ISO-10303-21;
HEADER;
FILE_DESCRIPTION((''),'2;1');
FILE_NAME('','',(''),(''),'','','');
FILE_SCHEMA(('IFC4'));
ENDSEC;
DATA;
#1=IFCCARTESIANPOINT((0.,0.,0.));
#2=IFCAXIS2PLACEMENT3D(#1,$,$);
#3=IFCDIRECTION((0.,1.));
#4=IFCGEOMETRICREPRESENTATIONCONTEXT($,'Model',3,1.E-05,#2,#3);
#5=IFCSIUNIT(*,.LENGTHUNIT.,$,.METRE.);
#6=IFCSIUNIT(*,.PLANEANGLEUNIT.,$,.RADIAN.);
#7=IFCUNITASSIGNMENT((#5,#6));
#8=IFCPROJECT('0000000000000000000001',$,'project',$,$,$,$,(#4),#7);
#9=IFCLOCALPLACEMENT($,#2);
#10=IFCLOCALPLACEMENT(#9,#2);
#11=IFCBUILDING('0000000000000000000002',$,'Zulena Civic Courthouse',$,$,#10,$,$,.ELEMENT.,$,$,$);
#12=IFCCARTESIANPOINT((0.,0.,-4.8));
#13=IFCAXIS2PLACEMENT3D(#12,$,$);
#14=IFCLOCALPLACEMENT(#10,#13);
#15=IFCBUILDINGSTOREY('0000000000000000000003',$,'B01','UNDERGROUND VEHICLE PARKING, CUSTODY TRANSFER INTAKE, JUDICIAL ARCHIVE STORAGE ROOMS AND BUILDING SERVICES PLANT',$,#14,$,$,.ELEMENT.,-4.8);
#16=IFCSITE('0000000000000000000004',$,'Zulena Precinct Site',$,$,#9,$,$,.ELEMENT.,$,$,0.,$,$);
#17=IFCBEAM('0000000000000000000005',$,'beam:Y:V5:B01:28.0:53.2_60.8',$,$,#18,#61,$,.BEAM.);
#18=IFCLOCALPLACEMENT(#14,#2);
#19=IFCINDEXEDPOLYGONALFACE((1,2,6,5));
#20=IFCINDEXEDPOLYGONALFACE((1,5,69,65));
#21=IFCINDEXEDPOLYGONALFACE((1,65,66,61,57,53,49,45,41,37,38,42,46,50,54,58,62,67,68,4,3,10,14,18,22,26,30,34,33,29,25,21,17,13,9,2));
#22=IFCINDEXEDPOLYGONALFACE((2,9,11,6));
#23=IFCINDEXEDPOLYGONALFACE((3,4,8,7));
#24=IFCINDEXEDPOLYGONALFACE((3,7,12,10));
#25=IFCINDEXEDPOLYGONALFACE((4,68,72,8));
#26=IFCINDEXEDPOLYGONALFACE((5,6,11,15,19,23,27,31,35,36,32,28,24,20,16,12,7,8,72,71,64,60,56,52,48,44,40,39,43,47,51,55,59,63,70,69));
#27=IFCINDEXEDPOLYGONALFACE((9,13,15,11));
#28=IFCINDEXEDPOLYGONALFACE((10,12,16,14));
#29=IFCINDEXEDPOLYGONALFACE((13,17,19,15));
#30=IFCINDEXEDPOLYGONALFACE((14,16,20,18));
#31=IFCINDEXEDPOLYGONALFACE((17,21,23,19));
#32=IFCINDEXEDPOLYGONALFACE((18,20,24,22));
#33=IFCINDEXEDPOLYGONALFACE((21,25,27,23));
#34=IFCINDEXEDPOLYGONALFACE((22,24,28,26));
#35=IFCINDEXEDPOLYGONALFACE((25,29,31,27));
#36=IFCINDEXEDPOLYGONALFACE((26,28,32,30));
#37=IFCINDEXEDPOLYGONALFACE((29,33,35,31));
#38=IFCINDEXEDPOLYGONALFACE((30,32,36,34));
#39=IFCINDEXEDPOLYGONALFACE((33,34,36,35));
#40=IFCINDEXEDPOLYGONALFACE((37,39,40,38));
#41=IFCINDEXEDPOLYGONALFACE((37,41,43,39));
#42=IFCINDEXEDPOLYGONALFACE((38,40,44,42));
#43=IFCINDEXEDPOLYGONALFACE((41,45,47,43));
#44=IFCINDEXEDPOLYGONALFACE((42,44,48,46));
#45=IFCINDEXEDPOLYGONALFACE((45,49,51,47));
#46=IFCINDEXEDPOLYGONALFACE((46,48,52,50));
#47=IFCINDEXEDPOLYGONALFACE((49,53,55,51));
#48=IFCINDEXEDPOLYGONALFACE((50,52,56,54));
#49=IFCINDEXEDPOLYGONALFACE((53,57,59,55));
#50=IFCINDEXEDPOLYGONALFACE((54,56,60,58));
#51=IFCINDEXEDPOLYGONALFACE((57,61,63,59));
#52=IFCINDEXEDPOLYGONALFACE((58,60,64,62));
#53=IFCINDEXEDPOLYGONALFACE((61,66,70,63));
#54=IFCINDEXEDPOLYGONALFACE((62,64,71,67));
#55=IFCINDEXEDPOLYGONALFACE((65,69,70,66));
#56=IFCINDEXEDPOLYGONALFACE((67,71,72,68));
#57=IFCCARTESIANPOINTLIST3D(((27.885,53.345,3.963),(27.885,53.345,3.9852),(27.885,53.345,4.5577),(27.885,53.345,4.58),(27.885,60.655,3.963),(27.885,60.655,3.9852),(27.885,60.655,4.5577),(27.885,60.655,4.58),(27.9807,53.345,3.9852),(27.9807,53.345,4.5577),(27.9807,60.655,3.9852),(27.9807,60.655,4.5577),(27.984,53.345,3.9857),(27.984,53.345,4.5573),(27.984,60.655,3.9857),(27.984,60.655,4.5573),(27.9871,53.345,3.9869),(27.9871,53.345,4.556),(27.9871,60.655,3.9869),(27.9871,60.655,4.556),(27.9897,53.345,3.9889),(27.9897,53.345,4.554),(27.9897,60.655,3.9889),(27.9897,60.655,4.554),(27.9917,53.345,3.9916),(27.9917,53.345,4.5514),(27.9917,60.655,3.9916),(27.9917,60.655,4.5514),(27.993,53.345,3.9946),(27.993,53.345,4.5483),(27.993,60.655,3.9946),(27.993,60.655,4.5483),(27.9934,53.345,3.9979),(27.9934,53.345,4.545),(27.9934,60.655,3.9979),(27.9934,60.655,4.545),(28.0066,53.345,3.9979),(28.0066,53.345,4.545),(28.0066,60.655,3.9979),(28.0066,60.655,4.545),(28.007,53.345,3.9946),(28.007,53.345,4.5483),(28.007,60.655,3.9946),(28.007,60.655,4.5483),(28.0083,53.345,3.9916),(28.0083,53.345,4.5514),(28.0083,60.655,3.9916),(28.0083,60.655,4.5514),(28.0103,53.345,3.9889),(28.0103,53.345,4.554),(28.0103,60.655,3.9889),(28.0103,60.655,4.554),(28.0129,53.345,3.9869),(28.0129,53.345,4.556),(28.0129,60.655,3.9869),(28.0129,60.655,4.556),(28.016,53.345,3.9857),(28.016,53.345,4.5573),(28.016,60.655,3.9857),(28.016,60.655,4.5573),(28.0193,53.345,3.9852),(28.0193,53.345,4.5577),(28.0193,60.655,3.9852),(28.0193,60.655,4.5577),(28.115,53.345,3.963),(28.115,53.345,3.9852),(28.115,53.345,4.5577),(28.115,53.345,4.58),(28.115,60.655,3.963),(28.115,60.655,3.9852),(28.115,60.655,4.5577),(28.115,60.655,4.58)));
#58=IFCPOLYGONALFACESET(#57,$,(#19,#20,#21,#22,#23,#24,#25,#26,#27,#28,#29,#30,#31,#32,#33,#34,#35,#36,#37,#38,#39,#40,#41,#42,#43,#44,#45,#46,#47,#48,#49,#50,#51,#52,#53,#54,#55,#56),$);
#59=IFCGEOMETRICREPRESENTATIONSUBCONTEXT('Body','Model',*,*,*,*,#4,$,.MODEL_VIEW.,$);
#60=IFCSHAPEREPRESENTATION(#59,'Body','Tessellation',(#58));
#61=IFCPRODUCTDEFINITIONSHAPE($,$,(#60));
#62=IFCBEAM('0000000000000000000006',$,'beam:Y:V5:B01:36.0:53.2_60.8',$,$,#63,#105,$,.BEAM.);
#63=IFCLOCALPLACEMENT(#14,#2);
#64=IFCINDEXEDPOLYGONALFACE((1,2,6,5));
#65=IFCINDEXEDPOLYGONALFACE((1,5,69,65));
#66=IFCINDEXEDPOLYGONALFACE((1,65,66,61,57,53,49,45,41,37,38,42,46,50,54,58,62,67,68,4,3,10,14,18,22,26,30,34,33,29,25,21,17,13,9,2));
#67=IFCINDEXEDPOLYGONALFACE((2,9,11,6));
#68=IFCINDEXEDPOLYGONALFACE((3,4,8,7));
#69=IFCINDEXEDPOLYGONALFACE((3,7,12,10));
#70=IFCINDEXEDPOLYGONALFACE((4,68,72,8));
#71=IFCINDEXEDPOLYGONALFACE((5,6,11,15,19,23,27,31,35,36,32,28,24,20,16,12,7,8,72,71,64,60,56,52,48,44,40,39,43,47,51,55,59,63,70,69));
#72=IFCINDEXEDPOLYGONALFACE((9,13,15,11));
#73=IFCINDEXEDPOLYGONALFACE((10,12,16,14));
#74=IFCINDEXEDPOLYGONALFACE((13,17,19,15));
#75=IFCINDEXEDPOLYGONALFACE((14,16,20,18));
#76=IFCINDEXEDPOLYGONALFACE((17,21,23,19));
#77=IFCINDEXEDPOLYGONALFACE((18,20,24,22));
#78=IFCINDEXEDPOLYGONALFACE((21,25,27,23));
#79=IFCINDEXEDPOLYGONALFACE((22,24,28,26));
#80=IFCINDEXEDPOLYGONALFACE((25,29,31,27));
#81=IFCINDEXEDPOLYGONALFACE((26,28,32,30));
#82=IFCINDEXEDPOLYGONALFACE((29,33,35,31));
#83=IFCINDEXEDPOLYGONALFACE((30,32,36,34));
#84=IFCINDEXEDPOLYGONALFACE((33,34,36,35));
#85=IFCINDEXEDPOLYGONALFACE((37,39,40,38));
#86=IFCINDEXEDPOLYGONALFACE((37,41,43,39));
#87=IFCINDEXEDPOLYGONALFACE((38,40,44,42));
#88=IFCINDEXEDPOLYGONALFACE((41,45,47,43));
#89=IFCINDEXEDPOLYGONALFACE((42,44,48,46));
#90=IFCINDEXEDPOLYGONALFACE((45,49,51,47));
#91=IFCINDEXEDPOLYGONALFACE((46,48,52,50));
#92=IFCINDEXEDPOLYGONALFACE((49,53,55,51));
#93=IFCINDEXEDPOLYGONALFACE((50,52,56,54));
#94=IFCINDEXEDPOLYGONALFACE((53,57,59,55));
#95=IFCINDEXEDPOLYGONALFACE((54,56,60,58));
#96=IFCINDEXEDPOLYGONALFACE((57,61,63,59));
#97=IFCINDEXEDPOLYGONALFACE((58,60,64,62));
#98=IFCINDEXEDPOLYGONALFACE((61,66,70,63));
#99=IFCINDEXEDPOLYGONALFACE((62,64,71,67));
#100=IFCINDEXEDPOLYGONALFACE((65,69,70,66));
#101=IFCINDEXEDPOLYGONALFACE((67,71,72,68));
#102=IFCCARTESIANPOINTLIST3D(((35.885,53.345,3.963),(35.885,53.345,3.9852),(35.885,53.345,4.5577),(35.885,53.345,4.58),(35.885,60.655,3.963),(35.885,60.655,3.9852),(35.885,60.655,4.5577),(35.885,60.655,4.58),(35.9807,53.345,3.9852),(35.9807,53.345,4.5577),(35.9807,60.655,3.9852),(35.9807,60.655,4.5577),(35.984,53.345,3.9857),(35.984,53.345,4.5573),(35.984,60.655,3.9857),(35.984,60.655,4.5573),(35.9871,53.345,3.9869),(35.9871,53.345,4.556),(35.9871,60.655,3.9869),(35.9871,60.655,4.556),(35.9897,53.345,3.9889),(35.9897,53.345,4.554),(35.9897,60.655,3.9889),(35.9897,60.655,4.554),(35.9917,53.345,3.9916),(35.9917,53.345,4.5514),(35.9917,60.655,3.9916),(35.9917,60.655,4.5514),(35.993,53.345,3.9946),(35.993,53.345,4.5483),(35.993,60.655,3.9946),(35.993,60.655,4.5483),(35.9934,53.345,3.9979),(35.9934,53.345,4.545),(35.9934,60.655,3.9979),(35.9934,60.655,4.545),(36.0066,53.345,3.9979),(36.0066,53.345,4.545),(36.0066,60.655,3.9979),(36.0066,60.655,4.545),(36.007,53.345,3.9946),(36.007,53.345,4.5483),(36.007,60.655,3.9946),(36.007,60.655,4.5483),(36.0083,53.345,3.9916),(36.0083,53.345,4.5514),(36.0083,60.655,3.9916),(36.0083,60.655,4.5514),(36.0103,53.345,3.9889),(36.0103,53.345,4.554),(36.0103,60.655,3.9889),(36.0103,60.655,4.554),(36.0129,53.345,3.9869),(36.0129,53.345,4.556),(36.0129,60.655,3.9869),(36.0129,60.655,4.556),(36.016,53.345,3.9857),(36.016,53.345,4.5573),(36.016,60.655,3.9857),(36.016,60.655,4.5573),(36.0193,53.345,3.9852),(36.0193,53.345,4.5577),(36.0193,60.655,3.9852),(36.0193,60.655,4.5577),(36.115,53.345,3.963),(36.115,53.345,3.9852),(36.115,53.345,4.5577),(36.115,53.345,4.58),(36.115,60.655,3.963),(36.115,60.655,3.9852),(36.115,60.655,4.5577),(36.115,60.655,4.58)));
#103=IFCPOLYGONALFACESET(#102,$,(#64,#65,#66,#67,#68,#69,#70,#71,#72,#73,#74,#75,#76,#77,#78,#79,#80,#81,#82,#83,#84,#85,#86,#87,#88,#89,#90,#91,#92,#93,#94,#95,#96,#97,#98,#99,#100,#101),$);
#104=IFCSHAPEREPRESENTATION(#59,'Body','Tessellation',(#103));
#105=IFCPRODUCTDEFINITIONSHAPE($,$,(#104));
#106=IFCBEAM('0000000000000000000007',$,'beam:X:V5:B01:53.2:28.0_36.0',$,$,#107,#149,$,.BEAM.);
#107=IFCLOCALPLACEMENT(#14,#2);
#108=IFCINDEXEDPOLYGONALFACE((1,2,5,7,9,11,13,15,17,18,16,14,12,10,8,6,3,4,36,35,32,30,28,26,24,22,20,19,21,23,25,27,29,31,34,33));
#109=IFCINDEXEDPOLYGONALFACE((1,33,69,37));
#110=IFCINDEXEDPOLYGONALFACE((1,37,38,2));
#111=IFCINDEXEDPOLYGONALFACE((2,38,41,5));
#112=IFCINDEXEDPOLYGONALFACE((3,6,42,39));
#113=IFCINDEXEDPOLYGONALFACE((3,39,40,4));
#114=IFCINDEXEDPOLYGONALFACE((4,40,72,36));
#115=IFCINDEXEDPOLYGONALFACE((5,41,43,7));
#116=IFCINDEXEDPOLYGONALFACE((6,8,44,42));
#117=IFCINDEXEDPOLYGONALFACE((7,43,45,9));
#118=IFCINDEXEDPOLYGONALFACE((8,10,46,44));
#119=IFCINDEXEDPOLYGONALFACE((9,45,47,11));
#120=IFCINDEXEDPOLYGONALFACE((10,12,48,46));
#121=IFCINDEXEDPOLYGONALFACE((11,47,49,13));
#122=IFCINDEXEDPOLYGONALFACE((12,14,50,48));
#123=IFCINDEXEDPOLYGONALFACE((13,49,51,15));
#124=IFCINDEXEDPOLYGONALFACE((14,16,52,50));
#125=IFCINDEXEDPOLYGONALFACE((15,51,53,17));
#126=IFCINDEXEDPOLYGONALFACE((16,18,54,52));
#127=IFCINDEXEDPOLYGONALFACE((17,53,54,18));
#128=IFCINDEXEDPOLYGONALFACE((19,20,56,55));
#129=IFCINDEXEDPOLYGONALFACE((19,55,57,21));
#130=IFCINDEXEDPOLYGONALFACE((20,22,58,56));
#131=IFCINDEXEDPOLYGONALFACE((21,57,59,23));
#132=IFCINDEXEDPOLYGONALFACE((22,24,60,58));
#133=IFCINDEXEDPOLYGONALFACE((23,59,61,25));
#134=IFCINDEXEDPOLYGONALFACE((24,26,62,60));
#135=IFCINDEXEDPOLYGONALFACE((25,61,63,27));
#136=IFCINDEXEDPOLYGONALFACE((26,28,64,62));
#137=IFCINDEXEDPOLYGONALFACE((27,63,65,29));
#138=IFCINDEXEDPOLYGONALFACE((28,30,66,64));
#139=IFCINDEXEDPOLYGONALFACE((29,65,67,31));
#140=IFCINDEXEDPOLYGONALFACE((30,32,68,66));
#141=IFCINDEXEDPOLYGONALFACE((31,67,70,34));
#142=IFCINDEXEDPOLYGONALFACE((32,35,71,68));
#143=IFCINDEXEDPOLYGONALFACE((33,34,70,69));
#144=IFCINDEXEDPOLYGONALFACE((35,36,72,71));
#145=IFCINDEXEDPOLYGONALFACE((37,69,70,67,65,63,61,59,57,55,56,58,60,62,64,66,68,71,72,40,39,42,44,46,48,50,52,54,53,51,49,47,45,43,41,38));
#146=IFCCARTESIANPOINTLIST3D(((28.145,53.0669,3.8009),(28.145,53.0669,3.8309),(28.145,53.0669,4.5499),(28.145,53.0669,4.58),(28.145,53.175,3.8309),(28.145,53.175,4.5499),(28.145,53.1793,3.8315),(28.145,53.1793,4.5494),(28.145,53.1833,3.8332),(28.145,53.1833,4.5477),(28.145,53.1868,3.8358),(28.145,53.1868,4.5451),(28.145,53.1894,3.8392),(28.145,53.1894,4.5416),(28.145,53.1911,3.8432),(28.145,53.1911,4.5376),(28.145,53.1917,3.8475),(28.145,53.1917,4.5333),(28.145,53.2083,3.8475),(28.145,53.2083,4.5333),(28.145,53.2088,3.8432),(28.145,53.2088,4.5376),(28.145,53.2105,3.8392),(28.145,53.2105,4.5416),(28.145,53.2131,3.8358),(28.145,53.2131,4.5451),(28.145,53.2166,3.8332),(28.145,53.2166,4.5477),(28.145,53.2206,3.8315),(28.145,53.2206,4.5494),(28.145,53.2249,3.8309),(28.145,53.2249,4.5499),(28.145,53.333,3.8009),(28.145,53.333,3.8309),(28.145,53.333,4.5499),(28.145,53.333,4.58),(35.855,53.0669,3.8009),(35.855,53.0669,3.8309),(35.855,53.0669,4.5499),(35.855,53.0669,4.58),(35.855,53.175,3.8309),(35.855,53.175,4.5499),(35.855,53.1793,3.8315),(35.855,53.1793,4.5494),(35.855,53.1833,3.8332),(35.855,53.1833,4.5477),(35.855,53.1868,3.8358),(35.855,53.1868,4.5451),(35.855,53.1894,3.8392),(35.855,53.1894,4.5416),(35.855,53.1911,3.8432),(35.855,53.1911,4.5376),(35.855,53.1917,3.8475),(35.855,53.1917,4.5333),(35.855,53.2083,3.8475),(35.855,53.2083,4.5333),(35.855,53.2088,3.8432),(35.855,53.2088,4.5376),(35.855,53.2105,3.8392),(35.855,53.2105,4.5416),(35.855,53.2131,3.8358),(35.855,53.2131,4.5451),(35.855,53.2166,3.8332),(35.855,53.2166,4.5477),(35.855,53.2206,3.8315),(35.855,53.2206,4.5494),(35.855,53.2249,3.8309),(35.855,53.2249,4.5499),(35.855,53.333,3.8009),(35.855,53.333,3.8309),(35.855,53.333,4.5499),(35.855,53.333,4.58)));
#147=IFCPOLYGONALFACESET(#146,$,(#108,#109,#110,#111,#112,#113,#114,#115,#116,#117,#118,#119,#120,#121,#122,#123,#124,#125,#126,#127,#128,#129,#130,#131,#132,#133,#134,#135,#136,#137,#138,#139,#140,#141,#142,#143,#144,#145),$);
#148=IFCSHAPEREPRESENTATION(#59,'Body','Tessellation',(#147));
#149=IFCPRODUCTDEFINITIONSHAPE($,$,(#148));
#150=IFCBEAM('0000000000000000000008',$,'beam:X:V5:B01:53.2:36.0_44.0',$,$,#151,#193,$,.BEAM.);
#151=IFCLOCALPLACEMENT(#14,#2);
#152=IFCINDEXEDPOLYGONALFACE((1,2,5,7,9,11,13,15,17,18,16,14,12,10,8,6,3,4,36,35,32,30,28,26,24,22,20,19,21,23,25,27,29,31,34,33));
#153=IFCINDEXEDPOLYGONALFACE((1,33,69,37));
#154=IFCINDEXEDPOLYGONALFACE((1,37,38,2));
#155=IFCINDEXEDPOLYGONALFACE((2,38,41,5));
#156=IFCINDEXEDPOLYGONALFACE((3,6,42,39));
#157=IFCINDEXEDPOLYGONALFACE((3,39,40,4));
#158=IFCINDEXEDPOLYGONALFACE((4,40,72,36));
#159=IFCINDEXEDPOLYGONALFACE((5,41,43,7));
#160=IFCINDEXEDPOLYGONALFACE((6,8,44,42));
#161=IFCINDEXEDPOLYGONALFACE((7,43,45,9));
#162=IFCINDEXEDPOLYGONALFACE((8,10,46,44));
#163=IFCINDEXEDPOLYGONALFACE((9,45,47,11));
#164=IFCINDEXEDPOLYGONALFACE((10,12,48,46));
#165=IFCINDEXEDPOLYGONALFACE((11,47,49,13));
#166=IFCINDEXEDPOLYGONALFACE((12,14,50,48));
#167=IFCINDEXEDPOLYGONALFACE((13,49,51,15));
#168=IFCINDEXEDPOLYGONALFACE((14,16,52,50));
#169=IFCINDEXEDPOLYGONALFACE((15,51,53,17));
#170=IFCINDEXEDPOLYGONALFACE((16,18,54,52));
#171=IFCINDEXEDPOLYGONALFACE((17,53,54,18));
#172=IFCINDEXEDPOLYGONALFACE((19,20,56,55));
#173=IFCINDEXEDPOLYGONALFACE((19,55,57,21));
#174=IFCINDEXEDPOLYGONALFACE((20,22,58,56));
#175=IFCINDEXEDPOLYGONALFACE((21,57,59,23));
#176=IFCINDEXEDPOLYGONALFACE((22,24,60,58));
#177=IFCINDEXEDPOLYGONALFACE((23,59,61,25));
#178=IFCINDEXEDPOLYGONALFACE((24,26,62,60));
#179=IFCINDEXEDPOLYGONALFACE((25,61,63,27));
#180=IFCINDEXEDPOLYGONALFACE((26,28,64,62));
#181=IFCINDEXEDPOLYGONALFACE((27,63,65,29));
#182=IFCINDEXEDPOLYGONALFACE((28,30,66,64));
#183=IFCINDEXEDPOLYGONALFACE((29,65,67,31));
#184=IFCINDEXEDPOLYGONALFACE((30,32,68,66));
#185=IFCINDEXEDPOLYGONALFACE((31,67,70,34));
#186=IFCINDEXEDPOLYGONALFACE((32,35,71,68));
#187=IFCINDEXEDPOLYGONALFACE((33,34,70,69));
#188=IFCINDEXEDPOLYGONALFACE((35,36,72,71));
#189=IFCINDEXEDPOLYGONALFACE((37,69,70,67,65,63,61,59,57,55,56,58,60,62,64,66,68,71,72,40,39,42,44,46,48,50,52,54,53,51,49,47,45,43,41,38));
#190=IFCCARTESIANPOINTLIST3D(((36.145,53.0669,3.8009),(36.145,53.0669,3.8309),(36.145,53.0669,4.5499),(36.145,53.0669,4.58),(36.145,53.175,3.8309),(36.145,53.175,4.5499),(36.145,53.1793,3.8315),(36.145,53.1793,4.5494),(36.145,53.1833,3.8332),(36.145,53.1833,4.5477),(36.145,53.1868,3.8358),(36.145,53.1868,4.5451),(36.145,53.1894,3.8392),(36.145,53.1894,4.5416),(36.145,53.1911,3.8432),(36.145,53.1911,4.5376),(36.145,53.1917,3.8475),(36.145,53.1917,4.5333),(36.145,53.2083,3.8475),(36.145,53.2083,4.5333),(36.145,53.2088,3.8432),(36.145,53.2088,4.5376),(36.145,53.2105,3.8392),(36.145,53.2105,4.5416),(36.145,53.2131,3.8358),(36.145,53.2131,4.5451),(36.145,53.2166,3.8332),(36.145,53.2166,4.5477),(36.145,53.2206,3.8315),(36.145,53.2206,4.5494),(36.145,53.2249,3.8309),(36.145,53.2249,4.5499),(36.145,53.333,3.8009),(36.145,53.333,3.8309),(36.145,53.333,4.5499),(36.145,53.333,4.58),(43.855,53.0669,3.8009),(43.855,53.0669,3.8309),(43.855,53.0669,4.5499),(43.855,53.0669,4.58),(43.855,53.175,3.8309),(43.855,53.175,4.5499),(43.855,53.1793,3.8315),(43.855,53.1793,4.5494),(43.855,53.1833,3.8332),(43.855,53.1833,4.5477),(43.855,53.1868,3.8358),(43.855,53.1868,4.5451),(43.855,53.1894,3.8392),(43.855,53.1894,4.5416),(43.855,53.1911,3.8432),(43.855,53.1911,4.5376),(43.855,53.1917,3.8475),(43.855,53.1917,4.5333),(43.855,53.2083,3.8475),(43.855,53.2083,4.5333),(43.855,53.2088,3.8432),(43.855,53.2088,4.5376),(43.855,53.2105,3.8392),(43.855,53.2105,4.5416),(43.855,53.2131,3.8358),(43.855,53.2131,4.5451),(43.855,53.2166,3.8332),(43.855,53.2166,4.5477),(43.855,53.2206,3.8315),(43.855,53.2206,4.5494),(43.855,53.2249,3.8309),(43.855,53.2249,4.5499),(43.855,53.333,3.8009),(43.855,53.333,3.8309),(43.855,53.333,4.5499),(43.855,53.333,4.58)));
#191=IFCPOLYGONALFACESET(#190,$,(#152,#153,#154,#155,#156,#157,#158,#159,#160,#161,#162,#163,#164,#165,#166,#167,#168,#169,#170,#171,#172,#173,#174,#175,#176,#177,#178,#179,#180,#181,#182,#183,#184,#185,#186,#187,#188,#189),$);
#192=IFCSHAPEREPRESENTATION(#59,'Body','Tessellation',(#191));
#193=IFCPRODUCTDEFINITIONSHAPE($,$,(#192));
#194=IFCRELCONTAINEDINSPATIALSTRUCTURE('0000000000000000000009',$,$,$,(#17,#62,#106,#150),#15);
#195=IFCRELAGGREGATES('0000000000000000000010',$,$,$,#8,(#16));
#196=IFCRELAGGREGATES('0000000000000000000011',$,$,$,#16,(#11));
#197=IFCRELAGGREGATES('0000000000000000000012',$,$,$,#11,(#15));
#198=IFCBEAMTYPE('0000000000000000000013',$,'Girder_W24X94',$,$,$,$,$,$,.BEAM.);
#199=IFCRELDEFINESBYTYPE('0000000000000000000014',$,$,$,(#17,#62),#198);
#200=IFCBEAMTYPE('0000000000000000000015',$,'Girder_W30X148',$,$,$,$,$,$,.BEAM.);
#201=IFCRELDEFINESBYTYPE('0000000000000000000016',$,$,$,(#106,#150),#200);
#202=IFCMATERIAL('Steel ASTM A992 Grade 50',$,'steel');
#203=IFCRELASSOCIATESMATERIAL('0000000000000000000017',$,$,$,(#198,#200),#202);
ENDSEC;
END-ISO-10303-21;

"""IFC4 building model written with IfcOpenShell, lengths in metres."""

from ifc_helpers import new_model, si_unit, direction, frame, origin, origin_2d, place, context, subcontext, project, spatial, i_section, extrude, material, material_profile, profile_set, type_object, element, save


model = new_model("IFC4")

# Units and contexts
model_context = context("Model", 3, precision=1e-05, world=origin(), true_north=direction((0.0, 1.0)))
body_context = subcontext(model_context, "Body", "Model", "MODEL_VIEW")
ifc_project = project(units=[si_unit("LENGTHUNIT", "METRE"), si_unit("PLANEANGLEUNIT", "RADIAN")], contexts=[model_context])

# Site, building, storey
site_placement = place(None, origin())
site = spatial("IfcSite", under=ifc_project, at=site_placement, Name="Zulena Precinct Site", CompositionType="ELEMENT", RefElevation=0.0)
building_placement = place(site_placement, origin())
building = spatial("IfcBuilding", under=site, at=building_placement, Name="Zulena Civic Courthouse", CompositionType="ELEMENT")
storey_placement = place(building_placement, frame((0.0, 0.0, -4.8)))
storey = spatial("IfcBuildingStorey", under=building, at=storey_placement, Name="B01", Description="UNDERGROUND VEHICLE PARKING, CUSTODY TRANSFER INTAKE, JUDICIAL ARCHIVE STORAGE ROOMS AND BUILDING SERVICES PLANT", CompositionType="ELEMENT", Elevation=-4.8)

# Shared definitions
ifc_material_1 = material(Name="Steel ASTM A992 Grade 50", Category="steel")

# Beams
ifc_material_profile_1 = material_profile(ifc_material_1, i_section(OverallWidth=0.23, OverallDepth=0.6169, WebThickness=0.0132, FlangeThickness=0.0222, FilletRadius=0.0127, at=origin_2d()), Name="W24X94")
ifc_profile_set_1 = profile_set([ifc_material_profile_1], Name="Steel ASTM A992 Grade 50")
beam_type_1 = type_object("IfcBeamType", Name="Girder_W24X94", PredefinedType="BEAM", material=ifc_profile_set_1)
for number, where, z_axis, x_axis, name in (
    (1, (28.0, 53.345, 4.2715), (0.0, 1.0, 0.0), (-1.0, 0.0, 0.0), "beam:Y:V5:B01:28.0:53.2_60.8"),
    (2, (36.0, 53.345, 4.2715), (0.0, 1.0, 0.0), (-1.0, 0.0, 0.0), "beam:Y:V5:B01:36.0:53.2_60.8"),
):
    element("IfcBeam", number, at=place(storey_placement, frame(where, z_axis=z_axis, x_axis=x_axis)), inside=storey, type_object=beam_type_1, Name=name, PredefinedType="BEAM", context=body_context, shape_type="SweptSolid", body=[
        extrude(i_section(OverallWidth=0.23, OverallDepth=0.6169, WebThickness=0.0132, FlangeThickness=0.0222, FilletRadius=0.0127, at=origin_2d()), origin(), (0.0, 0.0, 1.0), 7.3101),
    ])
ifc_material_profile_2 = material_profile(ifc_material_1, i_section(OverallWidth=0.2661, OverallDepth=0.7791, WebThickness=0.0166, FlangeThickness=0.03, FilletRadius=0.0166, at=origin_2d()), Name="W30X148")
ifc_profile_set_2 = profile_set([ifc_material_profile_2], Name="Steel ASTM A992 Grade 50")
beam_type_2 = type_object("IfcBeamType", Name="Girder_W30X148", PredefinedType="BEAM", material=ifc_profile_set_2)
for number, where, z_axis, x_axis, name in (
    (3, (28.145, 53.2, 4.1904), (1.0, 0.0, 0.0), (0.0, 1.0, 0.0), "beam:X:V5:B01:53.2:28.0_36.0"),
    (4, (36.145, 53.2, 4.1904), (1.0, 0.0, 0.0), (0.0, 1.0, 0.0), "beam:X:V5:B01:53.2:36.0_44.0"),
):
    element("IfcBeam", number, at=place(storey_placement, frame(where, z_axis=z_axis, x_axis=x_axis)), inside=storey, type_object=beam_type_2, Name=name, PredefinedType="BEAM", context=body_context, shape_type="SweptSolid", body=[
        extrude(i_section(OverallWidth=0.2661, OverallDepth=0.7791, WebThickness=0.0166, FlangeThickness=0.03, FilletRadius=0.0166, at=origin_2d()), origin(), (0.0, 0.0, 1.0), 7.71),
    ])

save(model, "model.ifc")
